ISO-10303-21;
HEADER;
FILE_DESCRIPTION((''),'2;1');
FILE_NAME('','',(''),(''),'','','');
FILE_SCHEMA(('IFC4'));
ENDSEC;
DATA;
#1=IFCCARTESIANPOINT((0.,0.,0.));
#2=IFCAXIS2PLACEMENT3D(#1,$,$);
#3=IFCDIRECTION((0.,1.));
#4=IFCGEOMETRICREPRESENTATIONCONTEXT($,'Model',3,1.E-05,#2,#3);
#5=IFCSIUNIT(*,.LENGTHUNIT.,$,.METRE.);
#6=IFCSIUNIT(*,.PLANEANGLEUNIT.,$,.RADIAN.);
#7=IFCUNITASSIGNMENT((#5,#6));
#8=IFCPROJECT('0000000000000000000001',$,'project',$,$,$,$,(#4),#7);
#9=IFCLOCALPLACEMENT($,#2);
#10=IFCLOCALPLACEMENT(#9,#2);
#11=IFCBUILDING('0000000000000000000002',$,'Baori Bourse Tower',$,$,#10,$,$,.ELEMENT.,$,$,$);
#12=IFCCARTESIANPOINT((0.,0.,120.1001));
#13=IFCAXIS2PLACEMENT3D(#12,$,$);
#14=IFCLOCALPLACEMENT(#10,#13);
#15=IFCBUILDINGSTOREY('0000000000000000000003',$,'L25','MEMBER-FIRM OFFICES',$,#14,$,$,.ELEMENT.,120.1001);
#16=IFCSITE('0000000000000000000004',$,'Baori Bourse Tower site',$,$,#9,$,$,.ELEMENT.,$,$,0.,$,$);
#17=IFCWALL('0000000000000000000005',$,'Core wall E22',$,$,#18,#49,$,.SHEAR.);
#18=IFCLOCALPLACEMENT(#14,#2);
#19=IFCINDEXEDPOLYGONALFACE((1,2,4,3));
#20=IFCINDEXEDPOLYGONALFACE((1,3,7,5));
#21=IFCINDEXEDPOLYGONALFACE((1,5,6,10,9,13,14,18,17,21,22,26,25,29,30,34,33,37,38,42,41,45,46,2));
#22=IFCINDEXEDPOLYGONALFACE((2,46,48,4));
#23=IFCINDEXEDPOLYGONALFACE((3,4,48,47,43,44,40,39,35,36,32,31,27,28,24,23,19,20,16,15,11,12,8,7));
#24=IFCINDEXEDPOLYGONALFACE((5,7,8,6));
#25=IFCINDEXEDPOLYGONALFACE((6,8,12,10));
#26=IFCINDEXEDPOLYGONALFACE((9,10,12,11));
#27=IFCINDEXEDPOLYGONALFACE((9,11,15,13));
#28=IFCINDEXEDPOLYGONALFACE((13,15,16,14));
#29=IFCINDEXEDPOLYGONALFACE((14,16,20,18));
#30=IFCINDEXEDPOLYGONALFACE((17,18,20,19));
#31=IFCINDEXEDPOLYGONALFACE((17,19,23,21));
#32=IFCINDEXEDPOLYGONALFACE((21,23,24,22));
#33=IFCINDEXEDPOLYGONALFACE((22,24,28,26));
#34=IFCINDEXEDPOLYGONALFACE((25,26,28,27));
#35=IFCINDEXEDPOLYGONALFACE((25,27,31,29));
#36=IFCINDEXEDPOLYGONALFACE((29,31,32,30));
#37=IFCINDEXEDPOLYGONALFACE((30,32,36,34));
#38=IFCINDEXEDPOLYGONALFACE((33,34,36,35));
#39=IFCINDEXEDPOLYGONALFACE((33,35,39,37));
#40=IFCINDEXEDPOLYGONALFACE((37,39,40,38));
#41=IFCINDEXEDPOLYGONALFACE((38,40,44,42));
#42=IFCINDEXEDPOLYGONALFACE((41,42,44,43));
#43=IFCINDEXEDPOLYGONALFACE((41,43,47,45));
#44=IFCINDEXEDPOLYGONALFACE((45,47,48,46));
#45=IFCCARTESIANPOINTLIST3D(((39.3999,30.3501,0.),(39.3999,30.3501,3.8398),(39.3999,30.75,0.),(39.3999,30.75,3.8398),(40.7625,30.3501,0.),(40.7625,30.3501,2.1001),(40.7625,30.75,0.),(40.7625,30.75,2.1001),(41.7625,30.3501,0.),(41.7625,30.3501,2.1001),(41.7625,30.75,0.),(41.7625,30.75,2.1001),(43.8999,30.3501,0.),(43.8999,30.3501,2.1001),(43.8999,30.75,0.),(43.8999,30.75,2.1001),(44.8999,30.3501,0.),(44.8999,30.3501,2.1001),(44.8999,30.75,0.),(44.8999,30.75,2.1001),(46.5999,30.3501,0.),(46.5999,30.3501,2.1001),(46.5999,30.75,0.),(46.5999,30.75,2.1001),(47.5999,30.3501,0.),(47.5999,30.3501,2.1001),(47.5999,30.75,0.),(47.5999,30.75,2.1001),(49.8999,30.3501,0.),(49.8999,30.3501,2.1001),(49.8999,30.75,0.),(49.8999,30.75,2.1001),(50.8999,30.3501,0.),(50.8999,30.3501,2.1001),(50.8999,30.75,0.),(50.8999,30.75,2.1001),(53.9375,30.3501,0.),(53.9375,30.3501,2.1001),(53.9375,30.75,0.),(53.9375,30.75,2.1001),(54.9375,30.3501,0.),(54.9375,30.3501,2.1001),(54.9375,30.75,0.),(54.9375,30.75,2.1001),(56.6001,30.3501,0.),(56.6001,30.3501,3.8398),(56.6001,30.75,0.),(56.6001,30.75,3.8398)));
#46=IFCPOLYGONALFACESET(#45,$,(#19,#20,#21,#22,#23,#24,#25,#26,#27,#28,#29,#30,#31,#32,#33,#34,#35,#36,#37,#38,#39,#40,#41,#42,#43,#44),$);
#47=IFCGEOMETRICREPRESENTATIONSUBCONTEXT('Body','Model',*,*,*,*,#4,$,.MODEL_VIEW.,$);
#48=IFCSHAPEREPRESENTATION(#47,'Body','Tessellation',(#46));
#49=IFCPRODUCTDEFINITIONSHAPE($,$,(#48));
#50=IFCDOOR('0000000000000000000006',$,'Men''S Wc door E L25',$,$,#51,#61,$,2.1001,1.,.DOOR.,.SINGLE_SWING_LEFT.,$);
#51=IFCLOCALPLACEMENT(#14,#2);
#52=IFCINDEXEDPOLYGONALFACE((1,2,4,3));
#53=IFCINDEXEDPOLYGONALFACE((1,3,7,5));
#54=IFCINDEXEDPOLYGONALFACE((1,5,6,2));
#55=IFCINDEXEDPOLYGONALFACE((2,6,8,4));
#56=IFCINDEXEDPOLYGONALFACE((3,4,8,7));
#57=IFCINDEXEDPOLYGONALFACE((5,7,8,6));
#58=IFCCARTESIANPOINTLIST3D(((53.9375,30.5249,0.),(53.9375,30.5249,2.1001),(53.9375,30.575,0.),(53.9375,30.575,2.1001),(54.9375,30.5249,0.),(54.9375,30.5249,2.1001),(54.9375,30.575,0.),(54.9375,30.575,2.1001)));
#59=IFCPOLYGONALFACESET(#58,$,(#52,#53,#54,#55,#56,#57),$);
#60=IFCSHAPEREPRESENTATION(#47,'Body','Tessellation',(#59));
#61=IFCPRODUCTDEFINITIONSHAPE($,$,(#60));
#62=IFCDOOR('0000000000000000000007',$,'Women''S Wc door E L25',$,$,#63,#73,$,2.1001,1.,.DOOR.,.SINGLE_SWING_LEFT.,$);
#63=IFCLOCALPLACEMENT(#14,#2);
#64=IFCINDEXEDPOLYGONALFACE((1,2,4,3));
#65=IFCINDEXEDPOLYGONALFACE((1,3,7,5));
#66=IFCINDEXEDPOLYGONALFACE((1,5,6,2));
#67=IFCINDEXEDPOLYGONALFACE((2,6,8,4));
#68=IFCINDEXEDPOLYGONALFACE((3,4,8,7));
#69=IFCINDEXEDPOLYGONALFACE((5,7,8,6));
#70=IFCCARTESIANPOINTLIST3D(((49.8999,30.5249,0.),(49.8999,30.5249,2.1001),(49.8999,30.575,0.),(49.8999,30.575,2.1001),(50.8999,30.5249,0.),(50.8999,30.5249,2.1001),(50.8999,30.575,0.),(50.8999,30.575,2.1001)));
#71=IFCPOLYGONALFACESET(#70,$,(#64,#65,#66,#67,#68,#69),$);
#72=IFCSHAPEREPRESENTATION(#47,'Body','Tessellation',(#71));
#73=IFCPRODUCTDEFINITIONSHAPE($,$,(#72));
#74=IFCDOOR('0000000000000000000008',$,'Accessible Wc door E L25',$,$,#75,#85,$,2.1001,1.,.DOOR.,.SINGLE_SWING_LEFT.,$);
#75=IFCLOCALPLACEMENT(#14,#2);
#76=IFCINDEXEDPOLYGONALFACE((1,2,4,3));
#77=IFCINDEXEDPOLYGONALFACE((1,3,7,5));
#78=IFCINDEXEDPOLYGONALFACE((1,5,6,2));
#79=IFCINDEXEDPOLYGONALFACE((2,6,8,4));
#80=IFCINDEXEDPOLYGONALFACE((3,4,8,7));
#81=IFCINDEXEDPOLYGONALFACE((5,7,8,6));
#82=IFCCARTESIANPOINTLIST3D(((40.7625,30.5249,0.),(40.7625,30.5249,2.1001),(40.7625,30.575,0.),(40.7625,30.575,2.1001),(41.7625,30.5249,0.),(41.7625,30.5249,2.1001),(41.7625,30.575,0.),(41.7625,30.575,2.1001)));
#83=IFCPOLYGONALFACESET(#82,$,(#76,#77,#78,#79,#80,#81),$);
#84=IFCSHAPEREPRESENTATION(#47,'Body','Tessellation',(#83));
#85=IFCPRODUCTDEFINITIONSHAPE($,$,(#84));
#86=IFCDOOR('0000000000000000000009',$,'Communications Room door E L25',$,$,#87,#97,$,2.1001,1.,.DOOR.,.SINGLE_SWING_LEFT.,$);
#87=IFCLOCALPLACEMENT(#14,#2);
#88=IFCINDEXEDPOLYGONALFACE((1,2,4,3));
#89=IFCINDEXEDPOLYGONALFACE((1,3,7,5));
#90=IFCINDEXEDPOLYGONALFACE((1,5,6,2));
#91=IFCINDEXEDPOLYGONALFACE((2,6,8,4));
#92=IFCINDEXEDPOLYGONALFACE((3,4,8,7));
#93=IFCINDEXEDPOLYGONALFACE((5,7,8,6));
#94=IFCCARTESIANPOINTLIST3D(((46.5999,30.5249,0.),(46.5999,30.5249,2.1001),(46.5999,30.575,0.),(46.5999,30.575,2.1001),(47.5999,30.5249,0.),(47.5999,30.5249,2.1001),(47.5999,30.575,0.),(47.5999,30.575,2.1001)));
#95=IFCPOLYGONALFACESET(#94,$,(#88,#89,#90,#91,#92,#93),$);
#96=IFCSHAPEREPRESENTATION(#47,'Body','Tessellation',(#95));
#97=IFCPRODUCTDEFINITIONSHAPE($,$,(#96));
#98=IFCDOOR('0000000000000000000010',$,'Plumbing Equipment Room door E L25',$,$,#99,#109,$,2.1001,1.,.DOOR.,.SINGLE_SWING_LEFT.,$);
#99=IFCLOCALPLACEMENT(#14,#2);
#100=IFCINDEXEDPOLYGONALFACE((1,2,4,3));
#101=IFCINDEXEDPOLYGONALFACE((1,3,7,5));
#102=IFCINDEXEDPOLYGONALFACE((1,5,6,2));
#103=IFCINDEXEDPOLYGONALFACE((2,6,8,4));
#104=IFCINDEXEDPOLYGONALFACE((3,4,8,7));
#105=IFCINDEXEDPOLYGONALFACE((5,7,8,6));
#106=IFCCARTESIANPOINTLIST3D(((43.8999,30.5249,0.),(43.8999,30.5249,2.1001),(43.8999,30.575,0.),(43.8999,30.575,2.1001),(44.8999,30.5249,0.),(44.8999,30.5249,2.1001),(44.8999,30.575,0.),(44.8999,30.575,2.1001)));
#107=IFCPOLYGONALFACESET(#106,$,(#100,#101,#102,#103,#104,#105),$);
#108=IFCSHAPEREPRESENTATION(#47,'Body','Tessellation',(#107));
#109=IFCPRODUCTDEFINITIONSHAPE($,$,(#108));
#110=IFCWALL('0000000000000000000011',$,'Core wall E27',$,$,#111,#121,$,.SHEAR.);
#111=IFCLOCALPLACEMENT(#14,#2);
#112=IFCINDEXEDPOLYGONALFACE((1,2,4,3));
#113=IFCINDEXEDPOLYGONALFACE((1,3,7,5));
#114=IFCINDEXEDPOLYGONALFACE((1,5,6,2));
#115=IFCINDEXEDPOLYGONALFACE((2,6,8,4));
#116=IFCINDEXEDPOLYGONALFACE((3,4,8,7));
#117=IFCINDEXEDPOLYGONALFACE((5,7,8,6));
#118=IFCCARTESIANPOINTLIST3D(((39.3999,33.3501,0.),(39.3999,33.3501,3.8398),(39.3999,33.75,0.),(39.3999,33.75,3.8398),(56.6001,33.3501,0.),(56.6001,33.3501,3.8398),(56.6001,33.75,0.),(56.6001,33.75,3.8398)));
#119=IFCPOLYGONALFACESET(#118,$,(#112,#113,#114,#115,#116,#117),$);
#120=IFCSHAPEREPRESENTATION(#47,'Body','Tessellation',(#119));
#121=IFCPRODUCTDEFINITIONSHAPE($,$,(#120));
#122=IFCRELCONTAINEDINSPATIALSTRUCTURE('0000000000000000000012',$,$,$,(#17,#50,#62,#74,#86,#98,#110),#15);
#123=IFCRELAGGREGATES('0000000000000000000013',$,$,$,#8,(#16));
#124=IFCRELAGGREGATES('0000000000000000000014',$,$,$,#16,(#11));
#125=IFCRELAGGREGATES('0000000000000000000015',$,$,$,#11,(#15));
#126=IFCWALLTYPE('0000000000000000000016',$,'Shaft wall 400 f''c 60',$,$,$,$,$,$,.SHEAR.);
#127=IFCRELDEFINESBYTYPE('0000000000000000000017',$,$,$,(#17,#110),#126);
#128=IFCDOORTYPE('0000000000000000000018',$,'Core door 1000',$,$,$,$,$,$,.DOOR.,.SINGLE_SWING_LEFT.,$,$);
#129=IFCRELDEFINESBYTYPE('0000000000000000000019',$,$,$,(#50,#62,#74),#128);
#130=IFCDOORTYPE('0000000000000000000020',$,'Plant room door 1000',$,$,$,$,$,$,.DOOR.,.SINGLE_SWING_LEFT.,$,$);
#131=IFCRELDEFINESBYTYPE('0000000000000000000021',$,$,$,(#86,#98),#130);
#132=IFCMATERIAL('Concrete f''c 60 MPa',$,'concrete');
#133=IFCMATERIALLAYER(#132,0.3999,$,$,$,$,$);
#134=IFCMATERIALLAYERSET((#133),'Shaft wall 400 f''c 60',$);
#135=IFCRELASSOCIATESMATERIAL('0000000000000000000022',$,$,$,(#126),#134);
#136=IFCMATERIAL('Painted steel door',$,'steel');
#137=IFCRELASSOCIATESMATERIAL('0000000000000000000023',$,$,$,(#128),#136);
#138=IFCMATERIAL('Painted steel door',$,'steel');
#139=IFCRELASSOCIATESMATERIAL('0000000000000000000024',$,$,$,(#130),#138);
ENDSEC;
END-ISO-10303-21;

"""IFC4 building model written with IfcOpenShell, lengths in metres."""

from ifc_helpers import new_model, si_unit, direction, frame, frame_2d, origin, place, context, subcontext, project, spatial, rectangle, extrude, material, layer, layer_set, type_object, element, fill, save


model = new_model("IFC4")

# Units and contexts
model_context = context("Model", 3, precision=1e-05, world=origin(), true_north=direction((0.0, 1.0)))
body_context = subcontext(model_context, "Body", "Model", "MODEL_VIEW")
ifc_project = project(units=[si_unit("LENGTHUNIT", "METRE"), si_unit("PLANEANGLEUNIT", "RADIAN")], contexts=[model_context])

# Site, building, storey
site_placement = place(None, origin())
site = spatial("IfcSite", under=ifc_project, at=site_placement, Name="Baori Bourse Tower site", CompositionType="ELEMENT", RefElevation=0.0)
building_placement = place(site_placement, origin())
building = spatial("IfcBuilding", under=site, at=building_placement, Name="Baori Bourse Tower", CompositionType="ELEMENT")
storey_placement = place(building_placement, frame((0.0, 0.0, 120.1001)))
storey = spatial("IfcBuildingStorey", under=building, at=storey_placement, Name="L25", Description="MEMBER-FIRM OFFICES", CompositionType="ELEMENT", Elevation=120.1001)

# Wall, openings, doors
ifc_material_1 = material(Name="Concrete f'c 60 MPa", Category="concrete")
ifc_layer_1 = layer(ifc_material_1, 0.3999)
ifc_layer_set_1 = layer_set([ifc_layer_1], Name="Shaft wall 400 f'c 60")
wall_type_1 = type_object("IfcWallType", Name="Shaft wall 400 f'c 60", PredefinedType="SHEAR", material=ifc_layer_set_1)
wall_1_placement = place(storey_placement, frame((39.3999, 30.55, 0.0), z_axis=(0.0, 0.0, 1.0), x_axis=(1.0, 0.0, 0.0)))
wall_1 = element("IfcWall", 1, at=wall_1_placement, inside=storey, type_object=wall_type_1, Name="Core wall E22", PredefinedType="SHEAR", context=body_context, shape_type="SweptSolid", body=[
    extrude(rectangle(XDim=17.2002, YDim=0.3999, at=frame_2d((8.6001, 0.0))), origin(), (0.0, 0.0, 1.0), 3.8398),
])
opening_1_placement = place(wall_1_placement, frame((14.5376, 0.0, 0.0)))
opening_1 = element("IfcOpeningElement", 2, at=opening_1_placement, cuts=wall_1, PredefinedType="OPENING", context=body_context, shape_type="SweptSolid", body=[
    extrude(rectangle(XDim=1.0, YDim=2.1001, at=frame_2d((0.5, 1.05))), frame((0.0, 0.21, 0.0), z_axis=(0.0, -1.0, 0.0), x_axis=(1.0, 0.0, 0.0)), (0.0, 0.0, 1.0), 0.4199),
])
opening_2_placement = place(wall_1_placement, frame((10.5, 0.0, 0.0)))
opening_2 = element("IfcOpeningElement", 3, at=opening_2_placement, cuts=wall_1, PredefinedType="OPENING", context=body_context, shape_type="SweptSolid", body=[
    extrude(rectangle(XDim=1.0, YDim=2.1001, at=frame_2d((0.5, 1.05))), frame((0.0, 0.21, 0.0), z_axis=(0.0, -1.0, 0.0), x_axis=(1.0, 0.0, 0.0)), (0.0, 0.0, 1.0), 0.4199),
])
opening_3_placement = place(wall_1_placement, frame((7.2, 0.0, 0.0)))
opening_3 = element("IfcOpeningElement", 4, at=opening_3_placement, cuts=wall_1, PredefinedType="OPENING", context=body_context, shape_type="SweptSolid", body=[
    extrude(rectangle(XDim=1.0, YDim=2.1001, at=frame_2d((0.5, 1.05))), frame((0.0, 0.21, 0.0), z_axis=(0.0, -1.0, 0.0), x_axis=(1.0, 0.0, 0.0)), (0.0, 0.0, 1.0), 0.4199),
])
opening_4_placement = place(wall_1_placement, frame((4.5, 0.0, 0.0)))
opening_4 = element("IfcOpeningElement", 5, at=opening_4_placement, cuts=wall_1, PredefinedType="OPENING", context=body_context, shape_type="SweptSolid", body=[
    extrude(rectangle(XDim=1.0, YDim=2.1001, at=frame_2d((0.5, 1.05))), frame((0.0, 0.21, 0.0), z_axis=(0.0, -1.0, 0.0), x_axis=(1.0, 0.0, 0.0)), (0.0, 0.0, 1.0), 0.4199),
])
opening_5_placement = place(wall_1_placement, frame((1.3625, 0.0, 0.0)))
opening_5 = element("IfcOpeningElement", 6, at=opening_5_placement, cuts=wall_1, PredefinedType="OPENING", context=body_context, shape_type="SweptSolid", body=[
    extrude(rectangle(XDim=1.0, YDim=2.1001, at=frame_2d((0.5, 1.05))), frame((0.0, 0.21, 0.0), z_axis=(0.0, -1.0, 0.0), x_axis=(1.0, 0.0, 0.0)), (0.0, 0.0, 1.0), 0.4199),
])
ifc_material_2 = material(Name="Painted steel door", Category="steel")
door_type_1 = type_object("IfcDoorType", Name="Core door 1000", OperationType="SINGLE_SWING_LEFT", PredefinedType="DOOR", material=ifc_material_2)
door_1_placement = place(opening_1_placement, origin())
door_1 = element("IfcDoor", 7, at=door_1_placement, inside=storey, type_object=door_type_1, Name="Men'S Wc door E L25", OperationType="SINGLE_SWING_LEFT", OverallHeight=2.1001, OverallWidth=1.0, PredefinedType="DOOR", context=body_context, shape_type="SweptSolid", body=[
    extrude(rectangle(XDim=1.0, YDim=2.1001, at=frame_2d((0.5, 1.05))), frame((0.0, 0.0249, 0.0), z_axis=(0.0, -1.0, 0.0), x_axis=(1.0, 0.0, 0.0)), (0.0, 0.0, 1.0), 0.05),
])
fill(opening_1, door_1)
door_2_placement = place(opening_2_placement, origin())
door_2 = element("IfcDoor", 8, at=door_2_placement, inside=storey, type_object=door_type_1, Name="Women'S Wc door E L25", OperationType="SINGLE_SWING_LEFT", OverallHeight=2.1001, OverallWidth=1.0, PredefinedType="DOOR", context=body_context, shape_type="SweptSolid", body=[
    extrude(rectangle(XDim=1.0, YDim=2.1001, at=frame_2d((0.5, 1.05))), frame((0.0, 0.0249, 0.0), z_axis=(0.0, -1.0, 0.0), x_axis=(1.0, 0.0, 0.0)), (0.0, 0.0, 1.0), 0.05),
])
fill(opening_2, door_2)
door_3_placement = place(opening_5_placement, origin())
door_3 = element("IfcDoor", 9, at=door_3_placement, inside=storey, type_object=door_type_1, Name="Accessible Wc door E L25", OperationType="SINGLE_SWING_LEFT", OverallHeight=2.1001, OverallWidth=1.0, PredefinedType="DOOR", context=body_context, shape_type="SweptSolid", body=[
    extrude(rectangle(XDim=1.0, YDim=2.1001, at=frame_2d((0.5, 1.05))), frame((0.0, 0.0249, 0.0), z_axis=(0.0, -1.0, 0.0), x_axis=(1.0, 0.0, 0.0)), (0.0, 0.0, 1.0), 0.05),
])
fill(opening_5, door_3)
ifc_material_3 = material(Name="Painted steel door", Category="steel")
door_type_2 = type_object("IfcDoorType", Name="Plant room door 1000", OperationType="SINGLE_SWING_LEFT", PredefinedType="DOOR", material=ifc_material_3)
door_4_placement = place(opening_3_placement, origin())
door_4 = element("IfcDoor", 10, at=door_4_placement, inside=storey, type_object=door_type_2, Name="Communications Room door E L25", OperationType="SINGLE_SWING_LEFT", OverallHeight=2.1001, OverallWidth=1.0, PredefinedType="DOOR", context=body_context, shape_type="SweptSolid", body=[
    extrude(rectangle(XDim=1.0, YDim=2.1001, at=frame_2d((0.5, 1.05))), frame((0.0, 0.0249, 0.0), z_axis=(0.0, -1.0, 0.0), x_axis=(1.0, 0.0, 0.0)), (0.0, 0.0, 1.0), 0.05),
])
fill(opening_3, door_4)
door_5_placement = place(opening_4_placement, origin())
door_5 = element("IfcDoor", 11, at=door_5_placement, inside=storey, type_object=door_type_2, Name="Plumbing Equipment Room door E L25", OperationType="SINGLE_SWING_LEFT", OverallHeight=2.1001, OverallWidth=1.0, PredefinedType="DOOR", context=body_context, shape_type="SweptSolid", body=[
    extrude(rectangle(XDim=1.0, YDim=2.1001, at=frame_2d((0.5, 1.05))), frame((0.0, 0.0249, 0.0), z_axis=(0.0, -1.0, 0.0), x_axis=(1.0, 0.0, 0.0)), (0.0, 0.0, 1.0), 0.05),
])
fill(opening_4, door_5)

# Wall
wall_2_placement = place(storey_placement, frame((39.3999, 33.55, 0.0), z_axis=(0.0, 0.0, 1.0), x_axis=(1.0, 0.0, 0.0)))
element("IfcWall", 12, at=wall_2_placement, inside=storey, type_object=wall_type_1, Name="Core wall E27", PredefinedType="SHEAR", context=body_context, shape_type="SweptSolid", body=[
    extrude(rectangle(XDim=17.2002, YDim=0.3999, at=frame_2d((8.6001, 0.0))), origin(), (0.0, 0.0, 1.0), 3.8398),
])

save(model, "model.ifc")
